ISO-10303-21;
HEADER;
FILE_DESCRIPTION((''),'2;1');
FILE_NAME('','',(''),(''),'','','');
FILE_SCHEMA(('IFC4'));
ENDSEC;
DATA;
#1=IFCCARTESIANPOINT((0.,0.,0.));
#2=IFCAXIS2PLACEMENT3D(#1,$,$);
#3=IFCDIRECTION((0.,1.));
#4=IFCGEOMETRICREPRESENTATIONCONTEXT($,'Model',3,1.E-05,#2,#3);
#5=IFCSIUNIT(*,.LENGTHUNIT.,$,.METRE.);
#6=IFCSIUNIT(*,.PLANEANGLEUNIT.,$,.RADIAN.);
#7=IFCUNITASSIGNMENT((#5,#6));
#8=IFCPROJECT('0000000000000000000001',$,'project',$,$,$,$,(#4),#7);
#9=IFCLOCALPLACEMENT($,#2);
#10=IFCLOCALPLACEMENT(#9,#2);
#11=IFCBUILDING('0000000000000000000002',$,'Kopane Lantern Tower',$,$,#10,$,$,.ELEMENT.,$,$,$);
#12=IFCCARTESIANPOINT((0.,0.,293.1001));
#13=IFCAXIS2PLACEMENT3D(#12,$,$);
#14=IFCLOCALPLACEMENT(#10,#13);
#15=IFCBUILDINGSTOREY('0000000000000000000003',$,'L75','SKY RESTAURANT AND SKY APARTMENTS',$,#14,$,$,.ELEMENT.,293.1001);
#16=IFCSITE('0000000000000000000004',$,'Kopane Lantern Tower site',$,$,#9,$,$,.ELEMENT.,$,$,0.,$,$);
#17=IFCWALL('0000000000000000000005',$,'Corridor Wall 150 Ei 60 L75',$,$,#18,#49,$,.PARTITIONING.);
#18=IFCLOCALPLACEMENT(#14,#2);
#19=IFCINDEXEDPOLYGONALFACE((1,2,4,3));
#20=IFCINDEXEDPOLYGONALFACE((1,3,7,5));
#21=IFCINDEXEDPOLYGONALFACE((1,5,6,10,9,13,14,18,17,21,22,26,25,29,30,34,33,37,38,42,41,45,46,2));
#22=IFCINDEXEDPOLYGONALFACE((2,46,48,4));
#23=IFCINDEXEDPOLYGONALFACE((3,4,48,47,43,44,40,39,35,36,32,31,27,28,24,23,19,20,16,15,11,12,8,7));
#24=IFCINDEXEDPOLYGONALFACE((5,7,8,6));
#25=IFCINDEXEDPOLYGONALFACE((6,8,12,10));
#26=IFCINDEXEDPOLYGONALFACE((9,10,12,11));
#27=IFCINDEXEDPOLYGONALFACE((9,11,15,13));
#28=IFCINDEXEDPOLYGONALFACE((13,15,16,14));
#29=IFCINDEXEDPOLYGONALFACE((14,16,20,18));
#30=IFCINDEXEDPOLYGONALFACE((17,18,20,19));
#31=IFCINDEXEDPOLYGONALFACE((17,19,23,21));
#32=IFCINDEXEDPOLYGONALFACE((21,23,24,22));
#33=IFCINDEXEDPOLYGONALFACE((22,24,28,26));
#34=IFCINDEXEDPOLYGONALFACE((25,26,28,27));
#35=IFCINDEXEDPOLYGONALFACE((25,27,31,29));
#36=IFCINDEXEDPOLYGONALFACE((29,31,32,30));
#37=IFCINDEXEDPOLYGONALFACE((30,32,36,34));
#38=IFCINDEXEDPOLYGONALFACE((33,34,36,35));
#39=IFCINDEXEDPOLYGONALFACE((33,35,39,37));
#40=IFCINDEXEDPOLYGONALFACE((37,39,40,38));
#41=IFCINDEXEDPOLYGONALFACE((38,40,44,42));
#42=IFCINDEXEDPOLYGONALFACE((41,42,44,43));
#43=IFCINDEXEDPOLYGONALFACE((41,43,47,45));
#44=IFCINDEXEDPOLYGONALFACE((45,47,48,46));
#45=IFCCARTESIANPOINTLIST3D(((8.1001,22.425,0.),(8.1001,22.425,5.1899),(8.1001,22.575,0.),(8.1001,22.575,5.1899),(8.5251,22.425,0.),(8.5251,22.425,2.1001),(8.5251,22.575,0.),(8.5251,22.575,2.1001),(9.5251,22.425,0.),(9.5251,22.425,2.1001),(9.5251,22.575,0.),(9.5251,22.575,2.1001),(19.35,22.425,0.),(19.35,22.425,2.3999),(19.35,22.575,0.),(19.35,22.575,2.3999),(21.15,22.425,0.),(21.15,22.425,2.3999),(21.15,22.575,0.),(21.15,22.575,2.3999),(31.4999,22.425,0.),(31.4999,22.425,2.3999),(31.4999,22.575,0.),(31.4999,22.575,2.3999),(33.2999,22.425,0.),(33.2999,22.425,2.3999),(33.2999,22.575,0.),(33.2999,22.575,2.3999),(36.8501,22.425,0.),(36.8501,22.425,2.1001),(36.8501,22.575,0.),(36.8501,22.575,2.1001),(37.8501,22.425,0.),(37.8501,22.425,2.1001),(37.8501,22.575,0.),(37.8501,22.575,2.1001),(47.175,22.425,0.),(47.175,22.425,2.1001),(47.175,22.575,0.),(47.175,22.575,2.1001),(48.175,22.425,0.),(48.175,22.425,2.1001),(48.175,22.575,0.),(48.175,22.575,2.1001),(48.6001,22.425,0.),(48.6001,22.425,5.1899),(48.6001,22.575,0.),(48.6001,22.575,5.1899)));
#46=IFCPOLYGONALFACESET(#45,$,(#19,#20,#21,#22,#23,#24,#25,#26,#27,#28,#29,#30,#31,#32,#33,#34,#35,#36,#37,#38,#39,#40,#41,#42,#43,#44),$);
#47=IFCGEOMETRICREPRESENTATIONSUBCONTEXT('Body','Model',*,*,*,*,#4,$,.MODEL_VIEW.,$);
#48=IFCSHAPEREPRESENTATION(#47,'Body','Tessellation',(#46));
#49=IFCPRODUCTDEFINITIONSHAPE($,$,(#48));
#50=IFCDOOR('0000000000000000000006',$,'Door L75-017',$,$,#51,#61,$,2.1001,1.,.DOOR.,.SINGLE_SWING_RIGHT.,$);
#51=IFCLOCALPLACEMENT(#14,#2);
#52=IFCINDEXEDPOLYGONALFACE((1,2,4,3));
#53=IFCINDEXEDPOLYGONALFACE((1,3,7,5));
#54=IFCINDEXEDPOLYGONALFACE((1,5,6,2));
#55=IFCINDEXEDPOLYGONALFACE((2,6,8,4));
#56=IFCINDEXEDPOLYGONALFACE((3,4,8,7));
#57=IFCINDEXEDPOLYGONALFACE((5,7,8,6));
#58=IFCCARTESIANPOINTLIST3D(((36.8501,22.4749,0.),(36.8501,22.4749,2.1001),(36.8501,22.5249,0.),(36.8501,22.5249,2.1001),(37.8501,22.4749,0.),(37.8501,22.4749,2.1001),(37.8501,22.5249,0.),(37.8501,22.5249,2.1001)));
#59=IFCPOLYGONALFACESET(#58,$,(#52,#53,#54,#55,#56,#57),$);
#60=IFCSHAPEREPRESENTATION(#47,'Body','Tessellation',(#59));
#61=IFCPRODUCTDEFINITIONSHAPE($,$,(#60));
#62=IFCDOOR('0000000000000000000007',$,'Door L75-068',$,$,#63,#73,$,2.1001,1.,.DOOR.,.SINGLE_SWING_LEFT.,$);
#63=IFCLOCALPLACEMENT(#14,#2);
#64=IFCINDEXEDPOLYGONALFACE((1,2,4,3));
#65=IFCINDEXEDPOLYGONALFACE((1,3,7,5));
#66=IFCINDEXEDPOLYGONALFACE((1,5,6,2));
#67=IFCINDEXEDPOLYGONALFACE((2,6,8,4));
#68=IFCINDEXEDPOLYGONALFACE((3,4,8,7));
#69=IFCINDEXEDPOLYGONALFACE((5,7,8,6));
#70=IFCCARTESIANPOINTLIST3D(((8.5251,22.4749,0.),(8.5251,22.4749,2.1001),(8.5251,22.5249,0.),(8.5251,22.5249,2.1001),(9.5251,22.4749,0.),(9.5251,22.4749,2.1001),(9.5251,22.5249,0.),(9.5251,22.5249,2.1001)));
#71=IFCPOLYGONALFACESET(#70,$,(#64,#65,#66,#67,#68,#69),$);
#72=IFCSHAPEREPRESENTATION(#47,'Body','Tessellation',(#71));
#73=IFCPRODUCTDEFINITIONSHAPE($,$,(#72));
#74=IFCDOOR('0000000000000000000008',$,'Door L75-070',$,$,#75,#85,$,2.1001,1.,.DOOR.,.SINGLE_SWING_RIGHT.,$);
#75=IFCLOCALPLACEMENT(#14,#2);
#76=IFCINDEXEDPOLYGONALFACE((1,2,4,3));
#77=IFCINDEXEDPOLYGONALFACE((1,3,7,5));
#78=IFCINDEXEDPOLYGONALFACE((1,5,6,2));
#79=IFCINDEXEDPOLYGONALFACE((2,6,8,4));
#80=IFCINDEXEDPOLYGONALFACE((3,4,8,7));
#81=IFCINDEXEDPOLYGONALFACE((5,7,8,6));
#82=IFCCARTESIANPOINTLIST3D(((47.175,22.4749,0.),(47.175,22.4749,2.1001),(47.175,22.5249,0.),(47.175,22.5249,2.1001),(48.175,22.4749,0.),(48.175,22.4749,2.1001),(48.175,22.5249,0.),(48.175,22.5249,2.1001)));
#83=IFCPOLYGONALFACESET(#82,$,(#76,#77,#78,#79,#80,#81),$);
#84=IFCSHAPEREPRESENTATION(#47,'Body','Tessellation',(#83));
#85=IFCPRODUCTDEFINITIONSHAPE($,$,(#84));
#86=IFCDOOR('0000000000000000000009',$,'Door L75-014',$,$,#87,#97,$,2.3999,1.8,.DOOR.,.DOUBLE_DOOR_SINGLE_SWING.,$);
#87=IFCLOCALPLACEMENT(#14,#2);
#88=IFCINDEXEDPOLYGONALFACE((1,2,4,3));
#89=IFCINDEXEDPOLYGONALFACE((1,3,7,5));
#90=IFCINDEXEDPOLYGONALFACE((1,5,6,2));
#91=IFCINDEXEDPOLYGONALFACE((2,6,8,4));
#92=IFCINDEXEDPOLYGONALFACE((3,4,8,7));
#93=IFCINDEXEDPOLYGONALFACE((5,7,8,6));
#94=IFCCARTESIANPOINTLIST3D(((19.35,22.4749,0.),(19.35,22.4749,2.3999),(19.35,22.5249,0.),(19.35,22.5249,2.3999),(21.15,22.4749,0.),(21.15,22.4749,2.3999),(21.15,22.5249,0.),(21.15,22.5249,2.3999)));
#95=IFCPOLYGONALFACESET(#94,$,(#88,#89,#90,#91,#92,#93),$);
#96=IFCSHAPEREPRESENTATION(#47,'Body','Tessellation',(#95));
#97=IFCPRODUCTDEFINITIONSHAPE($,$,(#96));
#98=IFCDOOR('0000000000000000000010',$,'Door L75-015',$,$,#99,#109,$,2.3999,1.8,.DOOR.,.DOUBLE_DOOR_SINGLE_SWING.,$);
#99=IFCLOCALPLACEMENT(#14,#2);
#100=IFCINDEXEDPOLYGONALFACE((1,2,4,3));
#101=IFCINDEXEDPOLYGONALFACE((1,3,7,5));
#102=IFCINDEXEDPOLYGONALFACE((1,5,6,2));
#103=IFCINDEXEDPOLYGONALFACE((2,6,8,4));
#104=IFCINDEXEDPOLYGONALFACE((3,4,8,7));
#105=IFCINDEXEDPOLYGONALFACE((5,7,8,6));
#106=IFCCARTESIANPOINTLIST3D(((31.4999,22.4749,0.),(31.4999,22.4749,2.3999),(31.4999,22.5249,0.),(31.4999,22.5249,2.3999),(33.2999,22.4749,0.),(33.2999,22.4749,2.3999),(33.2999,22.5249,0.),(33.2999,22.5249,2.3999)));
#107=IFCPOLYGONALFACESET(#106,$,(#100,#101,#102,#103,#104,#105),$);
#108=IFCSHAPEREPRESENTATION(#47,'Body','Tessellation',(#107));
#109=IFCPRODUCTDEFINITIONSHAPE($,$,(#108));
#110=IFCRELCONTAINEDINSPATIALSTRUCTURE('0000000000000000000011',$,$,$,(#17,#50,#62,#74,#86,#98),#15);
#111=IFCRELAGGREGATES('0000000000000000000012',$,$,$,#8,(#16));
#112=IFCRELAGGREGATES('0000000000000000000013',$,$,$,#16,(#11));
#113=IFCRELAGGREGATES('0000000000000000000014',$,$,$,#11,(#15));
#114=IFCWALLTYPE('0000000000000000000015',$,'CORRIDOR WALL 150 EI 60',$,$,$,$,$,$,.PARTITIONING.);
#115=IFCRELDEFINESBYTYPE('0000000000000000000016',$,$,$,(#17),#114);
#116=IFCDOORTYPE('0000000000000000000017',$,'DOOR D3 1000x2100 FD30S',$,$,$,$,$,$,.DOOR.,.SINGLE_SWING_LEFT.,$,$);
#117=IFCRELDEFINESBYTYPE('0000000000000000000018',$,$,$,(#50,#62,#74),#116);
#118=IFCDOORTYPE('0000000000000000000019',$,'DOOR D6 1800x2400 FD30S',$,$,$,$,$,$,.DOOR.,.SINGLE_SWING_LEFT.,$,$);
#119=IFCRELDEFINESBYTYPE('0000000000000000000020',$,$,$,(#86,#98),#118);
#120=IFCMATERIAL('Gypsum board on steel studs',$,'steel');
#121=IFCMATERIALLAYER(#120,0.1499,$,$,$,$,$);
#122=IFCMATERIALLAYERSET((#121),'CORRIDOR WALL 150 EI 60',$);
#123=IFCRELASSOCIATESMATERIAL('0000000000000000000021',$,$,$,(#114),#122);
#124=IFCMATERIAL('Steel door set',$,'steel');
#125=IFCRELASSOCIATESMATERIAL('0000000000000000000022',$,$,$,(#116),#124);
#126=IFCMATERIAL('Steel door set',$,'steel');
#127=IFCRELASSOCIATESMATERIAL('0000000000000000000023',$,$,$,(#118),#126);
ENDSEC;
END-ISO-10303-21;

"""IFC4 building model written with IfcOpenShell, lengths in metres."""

from ifc_helpers import new_model, si_unit, direction, frame, frame_2d, origin, place, context, subcontext, project, spatial, rectangle, extrude, material, layer, layer_set, type_object, element, fill, save


model = new_model("IFC4")

# Units and contexts
model_context = context("Model", 3, precision=1e-05, world=origin(), true_north=direction((0.0, 1.0)))
body_context = subcontext(model_context, "Body", "Model", "MODEL_VIEW")
ifc_project = project(units=[si_unit("LENGTHUNIT", "METRE"), si_unit("PLANEANGLEUNIT", "RADIAN")], contexts=[model_context])

# Site, building, storey
site_placement = place(None, origin())
site = spatial("IfcSite", under=ifc_project, at=site_placement, Name="Kopane Lantern Tower site", CompositionType="ELEMENT", RefElevation=0.0)
building_placement = place(site_placement, origin())
building = spatial("IfcBuilding", under=site, at=building_placement, Name="Kopane Lantern Tower", CompositionType="ELEMENT")
storey_placement = place(building_placement, frame((0.0, 0.0, 293.1001)))
storey = spatial("IfcBuildingStorey", under=building, at=storey_placement, Name="L75", Description="SKY RESTAURANT AND SKY APARTMENTS", CompositionType="ELEMENT", Elevation=293.1001)

# Wall, openings, doors
ifc_material_1 = material(Name="Gypsum board on steel studs", Category="steel")
ifc_layer_1 = layer(ifc_material_1, 0.1499)
ifc_layer_set_1 = layer_set([ifc_layer_1], Name="CORRIDOR WALL 150 EI 60")
wall_type = type_object("IfcWallType", Name="CORRIDOR WALL 150 EI 60", PredefinedType="PARTITIONING", material=ifc_layer_set_1)
wall_1_placement = place(storey_placement, frame((8.1001, 22.5, 0.0), z_axis=(0.0, 0.0, 1.0), x_axis=(1.0, 0.0, 0.0)))
wall_1 = element("IfcWall", 1, at=wall_1_placement, inside=storey, type_object=wall_type, Name="Corridor Wall 150 Ei 60 L75", PredefinedType="PARTITIONING", context=body_context, shape_type="SweptSolid", body=[
    extrude(rectangle(XDim=40.5, YDim=0.1499, at=frame_2d((20.25, 0.0))), origin(), (0.0, 0.0, 1.0), 5.1899),
])
opening_1_placement = place(wall_1_placement, frame((11.25, 0.0, 0.0)))
opening_1 = element("IfcOpeningElement", 2, at=opening_1_placement, cuts=wall_1, PredefinedType="OPENING", context=body_context, shape_type="SweptSolid", body=[
    extrude(rectangle(XDim=1.8, YDim=2.3999, at=frame_2d((0.8999, 1.2))), frame((0.0, 0.085, 0.0), z_axis=(0.0, -1.0, 0.0), x_axis=(1.0, 0.0, 0.0)), (0.0, 0.0, 1.0), 0.1699),
])
opening_2_placement = place(wall_1_placement, frame((23.3999, 0.0, 0.0)))
opening_2 = element("IfcOpeningElement", 3, at=opening_2_placement, cuts=wall_1, PredefinedType="OPENING", context=body_context, shape_type="SweptSolid", body=[
    extrude(rectangle(XDim=1.8, YDim=2.3999, at=frame_2d((0.8999, 1.2))), frame((0.0, 0.085, 0.0), z_axis=(0.0, -1.0, 0.0), x_axis=(1.0, 0.0, 0.0)), (0.0, 0.0, 1.0), 0.1699),
])
opening_3_placement = place(wall_1_placement, frame((28.75, 0.0, 0.0)))
opening_3 = element("IfcOpeningElement", 4, at=opening_3_placement, cuts=wall_1, PredefinedType="OPENING", context=body_context, shape_type="SweptSolid", body=[
    extrude(rectangle(XDim=1.0, YDim=2.1001, at=frame_2d((0.5, 1.05))), frame((0.0, 0.085, 0.0), z_axis=(0.0, -1.0, 0.0), x_axis=(1.0, 0.0, 0.0)), (0.0, 0.0, 1.0), 0.1699),
])
opening_4_placement = place(wall_1_placement, frame((0.425, 0.0, 0.0)))
opening_4 = element("IfcOpeningElement", 5, at=opening_4_placement, cuts=wall_1, PredefinedType="OPENING", context=body_context, shape_type="SweptSolid", body=[
    extrude(rectangle(XDim=1.0, YDim=2.1001, at=frame_2d((0.5, 1.05))), frame((0.0, 0.085, 0.0), z_axis=(0.0, -1.0, 0.0), x_axis=(1.0, 0.0, 0.0)), (0.0, 0.0, 1.0), 0.1699),
])
opening_5_placement = place(wall_1_placement, frame((39.075, 0.0, 0.0)))
opening_5 = element("IfcOpeningElement", 6, at=opening_5_placement, cuts=wall_1, PredefinedType="OPENING", context=body_context, shape_type="SweptSolid", body=[
    extrude(rectangle(XDim=1.0, YDim=2.1001, at=frame_2d((0.5, 1.05))), frame((0.0, 0.085, 0.0), z_axis=(0.0, -1.0, 0.0), x_axis=(1.0, 0.0, 0.0)), (0.0, 0.0, 1.0), 0.1699),
])
ifc_material_2 = material(Name="Steel door set", Category="steel")
door_type_1 = type_object("IfcDoorType", Name="DOOR D3 1000x2100 FD30S", OperationType="SINGLE_SWING_LEFT", PredefinedType="DOOR", material=ifc_material_2)
door_1_placement = place(opening_3_placement, origin())
door_1 = element("IfcDoor", 7, at=door_1_placement, inside=storey, type_object=door_type_1, Name="Door L75-017", OperationType="SINGLE_SWING_RIGHT", OverallHeight=2.1001, OverallWidth=1.0, PredefinedType="DOOR", context=body_context, shape_type="SweptSolid", body=[
    extrude(rectangle(XDim=1.0, YDim=2.1001, at=frame_2d((0.5, 1.05))), frame((0.0, 0.0249, 0.0), z_axis=(0.0, -1.0, 0.0), x_axis=(1.0, 0.0, 0.0)), (0.0, 0.0, 1.0), 0.05),
])
fill(opening_3, door_1)
door_2_placement = place(opening_4_placement, origin())
door_2 = element("IfcDoor", 8, at=door_2_placement, inside=storey, type_object=door_type_1, Name="Door L75-068", OperationType="SINGLE_SWING_LEFT", OverallHeight=2.1001, OverallWidth=1.0, PredefinedType="DOOR", context=body_context, shape_type="SweptSolid", body=[
    extrude(rectangle(XDim=1.0, YDim=2.1001, at=frame_2d((0.5, 1.05))), frame((0.0, 0.0249, 0.0), z_axis=(0.0, -1.0, 0.0), x_axis=(1.0, 0.0, 0.0)), (0.0, 0.0, 1.0), 0.05),
])
fill(opening_4, door_2)
door_3_placement = place(opening_5_placement, origin())
door_3 = element("IfcDoor", 9, at=door_3_placement, inside=storey, type_object=door_type_1, Name="Door L75-070", OperationType="SINGLE_SWING_RIGHT", OverallHeight=2.1001, OverallWidth=1.0, PredefinedType="DOOR", context=body_context, shape_type="SweptSolid", body=[
    extrude(rectangle(XDim=1.0, YDim=2.1001, at=frame_2d((0.5, 1.05))), frame((0.0, 0.0249, 0.0), z_axis=(0.0, -1.0, 0.0), x_axis=(1.0, 0.0, 0.0)), (0.0, 0.0, 1.0), 0.05),
])
fill(opening_5, door_3)
ifc_material_3 = material(Name="Steel door set", Category="steel")
door_type_2 = type_object("IfcDoorType", Name="DOOR D6 1800x2400 FD30S", OperationType="SINGLE_SWING_LEFT", PredefinedType="DOOR", material=ifc_material_3)
door_4_placement = place(opening_1_placement, origin())
door_4 = element("IfcDoor", 10, at=door_4_placement, inside=storey, type_object=door_type_2, Name="Door L75-014", OperationType="DOUBLE_DOOR_SINGLE_SWING", OverallHeight=2.3999, OverallWidth=1.8, PredefinedType="DOOR", context=body_context, shape_type="SweptSolid", body=[
    extrude(rectangle(XDim=1.8, YDim=2.3999, at=frame_2d((0.8999, 1.2))), frame((0.0, 0.0249, 0.0), z_axis=(0.0, -1.0, 0.0), x_axis=(1.0, 0.0, 0.0)), (0.0, 0.0, 1.0), 0.05),
])
fill(opening_1, door_4)
door_5_placement = place(opening_2_placement, origin())
door_5 = element("IfcDoor", 11, at=door_5_placement, inside=storey, type_object=door_type_2, Name="Door L75-015", OperationType="DOUBLE_DOOR_SINGLE_SWING", OverallHeight=2.3999, OverallWidth=1.8, PredefinedType="DOOR", context=body_context, shape_type="SweptSolid", body=[
    extrude(rectangle(XDim=1.8, YDim=2.3999, at=frame_2d((0.8999, 1.2))), frame((0.0, 0.0249, 0.0), z_axis=(0.0, -1.0, 0.0), x_axis=(1.0, 0.0, 0.0)), (0.0, 0.0, 1.0), 0.05),
])
fill(opening_2, door_5)

save(model, "model.ifc")
